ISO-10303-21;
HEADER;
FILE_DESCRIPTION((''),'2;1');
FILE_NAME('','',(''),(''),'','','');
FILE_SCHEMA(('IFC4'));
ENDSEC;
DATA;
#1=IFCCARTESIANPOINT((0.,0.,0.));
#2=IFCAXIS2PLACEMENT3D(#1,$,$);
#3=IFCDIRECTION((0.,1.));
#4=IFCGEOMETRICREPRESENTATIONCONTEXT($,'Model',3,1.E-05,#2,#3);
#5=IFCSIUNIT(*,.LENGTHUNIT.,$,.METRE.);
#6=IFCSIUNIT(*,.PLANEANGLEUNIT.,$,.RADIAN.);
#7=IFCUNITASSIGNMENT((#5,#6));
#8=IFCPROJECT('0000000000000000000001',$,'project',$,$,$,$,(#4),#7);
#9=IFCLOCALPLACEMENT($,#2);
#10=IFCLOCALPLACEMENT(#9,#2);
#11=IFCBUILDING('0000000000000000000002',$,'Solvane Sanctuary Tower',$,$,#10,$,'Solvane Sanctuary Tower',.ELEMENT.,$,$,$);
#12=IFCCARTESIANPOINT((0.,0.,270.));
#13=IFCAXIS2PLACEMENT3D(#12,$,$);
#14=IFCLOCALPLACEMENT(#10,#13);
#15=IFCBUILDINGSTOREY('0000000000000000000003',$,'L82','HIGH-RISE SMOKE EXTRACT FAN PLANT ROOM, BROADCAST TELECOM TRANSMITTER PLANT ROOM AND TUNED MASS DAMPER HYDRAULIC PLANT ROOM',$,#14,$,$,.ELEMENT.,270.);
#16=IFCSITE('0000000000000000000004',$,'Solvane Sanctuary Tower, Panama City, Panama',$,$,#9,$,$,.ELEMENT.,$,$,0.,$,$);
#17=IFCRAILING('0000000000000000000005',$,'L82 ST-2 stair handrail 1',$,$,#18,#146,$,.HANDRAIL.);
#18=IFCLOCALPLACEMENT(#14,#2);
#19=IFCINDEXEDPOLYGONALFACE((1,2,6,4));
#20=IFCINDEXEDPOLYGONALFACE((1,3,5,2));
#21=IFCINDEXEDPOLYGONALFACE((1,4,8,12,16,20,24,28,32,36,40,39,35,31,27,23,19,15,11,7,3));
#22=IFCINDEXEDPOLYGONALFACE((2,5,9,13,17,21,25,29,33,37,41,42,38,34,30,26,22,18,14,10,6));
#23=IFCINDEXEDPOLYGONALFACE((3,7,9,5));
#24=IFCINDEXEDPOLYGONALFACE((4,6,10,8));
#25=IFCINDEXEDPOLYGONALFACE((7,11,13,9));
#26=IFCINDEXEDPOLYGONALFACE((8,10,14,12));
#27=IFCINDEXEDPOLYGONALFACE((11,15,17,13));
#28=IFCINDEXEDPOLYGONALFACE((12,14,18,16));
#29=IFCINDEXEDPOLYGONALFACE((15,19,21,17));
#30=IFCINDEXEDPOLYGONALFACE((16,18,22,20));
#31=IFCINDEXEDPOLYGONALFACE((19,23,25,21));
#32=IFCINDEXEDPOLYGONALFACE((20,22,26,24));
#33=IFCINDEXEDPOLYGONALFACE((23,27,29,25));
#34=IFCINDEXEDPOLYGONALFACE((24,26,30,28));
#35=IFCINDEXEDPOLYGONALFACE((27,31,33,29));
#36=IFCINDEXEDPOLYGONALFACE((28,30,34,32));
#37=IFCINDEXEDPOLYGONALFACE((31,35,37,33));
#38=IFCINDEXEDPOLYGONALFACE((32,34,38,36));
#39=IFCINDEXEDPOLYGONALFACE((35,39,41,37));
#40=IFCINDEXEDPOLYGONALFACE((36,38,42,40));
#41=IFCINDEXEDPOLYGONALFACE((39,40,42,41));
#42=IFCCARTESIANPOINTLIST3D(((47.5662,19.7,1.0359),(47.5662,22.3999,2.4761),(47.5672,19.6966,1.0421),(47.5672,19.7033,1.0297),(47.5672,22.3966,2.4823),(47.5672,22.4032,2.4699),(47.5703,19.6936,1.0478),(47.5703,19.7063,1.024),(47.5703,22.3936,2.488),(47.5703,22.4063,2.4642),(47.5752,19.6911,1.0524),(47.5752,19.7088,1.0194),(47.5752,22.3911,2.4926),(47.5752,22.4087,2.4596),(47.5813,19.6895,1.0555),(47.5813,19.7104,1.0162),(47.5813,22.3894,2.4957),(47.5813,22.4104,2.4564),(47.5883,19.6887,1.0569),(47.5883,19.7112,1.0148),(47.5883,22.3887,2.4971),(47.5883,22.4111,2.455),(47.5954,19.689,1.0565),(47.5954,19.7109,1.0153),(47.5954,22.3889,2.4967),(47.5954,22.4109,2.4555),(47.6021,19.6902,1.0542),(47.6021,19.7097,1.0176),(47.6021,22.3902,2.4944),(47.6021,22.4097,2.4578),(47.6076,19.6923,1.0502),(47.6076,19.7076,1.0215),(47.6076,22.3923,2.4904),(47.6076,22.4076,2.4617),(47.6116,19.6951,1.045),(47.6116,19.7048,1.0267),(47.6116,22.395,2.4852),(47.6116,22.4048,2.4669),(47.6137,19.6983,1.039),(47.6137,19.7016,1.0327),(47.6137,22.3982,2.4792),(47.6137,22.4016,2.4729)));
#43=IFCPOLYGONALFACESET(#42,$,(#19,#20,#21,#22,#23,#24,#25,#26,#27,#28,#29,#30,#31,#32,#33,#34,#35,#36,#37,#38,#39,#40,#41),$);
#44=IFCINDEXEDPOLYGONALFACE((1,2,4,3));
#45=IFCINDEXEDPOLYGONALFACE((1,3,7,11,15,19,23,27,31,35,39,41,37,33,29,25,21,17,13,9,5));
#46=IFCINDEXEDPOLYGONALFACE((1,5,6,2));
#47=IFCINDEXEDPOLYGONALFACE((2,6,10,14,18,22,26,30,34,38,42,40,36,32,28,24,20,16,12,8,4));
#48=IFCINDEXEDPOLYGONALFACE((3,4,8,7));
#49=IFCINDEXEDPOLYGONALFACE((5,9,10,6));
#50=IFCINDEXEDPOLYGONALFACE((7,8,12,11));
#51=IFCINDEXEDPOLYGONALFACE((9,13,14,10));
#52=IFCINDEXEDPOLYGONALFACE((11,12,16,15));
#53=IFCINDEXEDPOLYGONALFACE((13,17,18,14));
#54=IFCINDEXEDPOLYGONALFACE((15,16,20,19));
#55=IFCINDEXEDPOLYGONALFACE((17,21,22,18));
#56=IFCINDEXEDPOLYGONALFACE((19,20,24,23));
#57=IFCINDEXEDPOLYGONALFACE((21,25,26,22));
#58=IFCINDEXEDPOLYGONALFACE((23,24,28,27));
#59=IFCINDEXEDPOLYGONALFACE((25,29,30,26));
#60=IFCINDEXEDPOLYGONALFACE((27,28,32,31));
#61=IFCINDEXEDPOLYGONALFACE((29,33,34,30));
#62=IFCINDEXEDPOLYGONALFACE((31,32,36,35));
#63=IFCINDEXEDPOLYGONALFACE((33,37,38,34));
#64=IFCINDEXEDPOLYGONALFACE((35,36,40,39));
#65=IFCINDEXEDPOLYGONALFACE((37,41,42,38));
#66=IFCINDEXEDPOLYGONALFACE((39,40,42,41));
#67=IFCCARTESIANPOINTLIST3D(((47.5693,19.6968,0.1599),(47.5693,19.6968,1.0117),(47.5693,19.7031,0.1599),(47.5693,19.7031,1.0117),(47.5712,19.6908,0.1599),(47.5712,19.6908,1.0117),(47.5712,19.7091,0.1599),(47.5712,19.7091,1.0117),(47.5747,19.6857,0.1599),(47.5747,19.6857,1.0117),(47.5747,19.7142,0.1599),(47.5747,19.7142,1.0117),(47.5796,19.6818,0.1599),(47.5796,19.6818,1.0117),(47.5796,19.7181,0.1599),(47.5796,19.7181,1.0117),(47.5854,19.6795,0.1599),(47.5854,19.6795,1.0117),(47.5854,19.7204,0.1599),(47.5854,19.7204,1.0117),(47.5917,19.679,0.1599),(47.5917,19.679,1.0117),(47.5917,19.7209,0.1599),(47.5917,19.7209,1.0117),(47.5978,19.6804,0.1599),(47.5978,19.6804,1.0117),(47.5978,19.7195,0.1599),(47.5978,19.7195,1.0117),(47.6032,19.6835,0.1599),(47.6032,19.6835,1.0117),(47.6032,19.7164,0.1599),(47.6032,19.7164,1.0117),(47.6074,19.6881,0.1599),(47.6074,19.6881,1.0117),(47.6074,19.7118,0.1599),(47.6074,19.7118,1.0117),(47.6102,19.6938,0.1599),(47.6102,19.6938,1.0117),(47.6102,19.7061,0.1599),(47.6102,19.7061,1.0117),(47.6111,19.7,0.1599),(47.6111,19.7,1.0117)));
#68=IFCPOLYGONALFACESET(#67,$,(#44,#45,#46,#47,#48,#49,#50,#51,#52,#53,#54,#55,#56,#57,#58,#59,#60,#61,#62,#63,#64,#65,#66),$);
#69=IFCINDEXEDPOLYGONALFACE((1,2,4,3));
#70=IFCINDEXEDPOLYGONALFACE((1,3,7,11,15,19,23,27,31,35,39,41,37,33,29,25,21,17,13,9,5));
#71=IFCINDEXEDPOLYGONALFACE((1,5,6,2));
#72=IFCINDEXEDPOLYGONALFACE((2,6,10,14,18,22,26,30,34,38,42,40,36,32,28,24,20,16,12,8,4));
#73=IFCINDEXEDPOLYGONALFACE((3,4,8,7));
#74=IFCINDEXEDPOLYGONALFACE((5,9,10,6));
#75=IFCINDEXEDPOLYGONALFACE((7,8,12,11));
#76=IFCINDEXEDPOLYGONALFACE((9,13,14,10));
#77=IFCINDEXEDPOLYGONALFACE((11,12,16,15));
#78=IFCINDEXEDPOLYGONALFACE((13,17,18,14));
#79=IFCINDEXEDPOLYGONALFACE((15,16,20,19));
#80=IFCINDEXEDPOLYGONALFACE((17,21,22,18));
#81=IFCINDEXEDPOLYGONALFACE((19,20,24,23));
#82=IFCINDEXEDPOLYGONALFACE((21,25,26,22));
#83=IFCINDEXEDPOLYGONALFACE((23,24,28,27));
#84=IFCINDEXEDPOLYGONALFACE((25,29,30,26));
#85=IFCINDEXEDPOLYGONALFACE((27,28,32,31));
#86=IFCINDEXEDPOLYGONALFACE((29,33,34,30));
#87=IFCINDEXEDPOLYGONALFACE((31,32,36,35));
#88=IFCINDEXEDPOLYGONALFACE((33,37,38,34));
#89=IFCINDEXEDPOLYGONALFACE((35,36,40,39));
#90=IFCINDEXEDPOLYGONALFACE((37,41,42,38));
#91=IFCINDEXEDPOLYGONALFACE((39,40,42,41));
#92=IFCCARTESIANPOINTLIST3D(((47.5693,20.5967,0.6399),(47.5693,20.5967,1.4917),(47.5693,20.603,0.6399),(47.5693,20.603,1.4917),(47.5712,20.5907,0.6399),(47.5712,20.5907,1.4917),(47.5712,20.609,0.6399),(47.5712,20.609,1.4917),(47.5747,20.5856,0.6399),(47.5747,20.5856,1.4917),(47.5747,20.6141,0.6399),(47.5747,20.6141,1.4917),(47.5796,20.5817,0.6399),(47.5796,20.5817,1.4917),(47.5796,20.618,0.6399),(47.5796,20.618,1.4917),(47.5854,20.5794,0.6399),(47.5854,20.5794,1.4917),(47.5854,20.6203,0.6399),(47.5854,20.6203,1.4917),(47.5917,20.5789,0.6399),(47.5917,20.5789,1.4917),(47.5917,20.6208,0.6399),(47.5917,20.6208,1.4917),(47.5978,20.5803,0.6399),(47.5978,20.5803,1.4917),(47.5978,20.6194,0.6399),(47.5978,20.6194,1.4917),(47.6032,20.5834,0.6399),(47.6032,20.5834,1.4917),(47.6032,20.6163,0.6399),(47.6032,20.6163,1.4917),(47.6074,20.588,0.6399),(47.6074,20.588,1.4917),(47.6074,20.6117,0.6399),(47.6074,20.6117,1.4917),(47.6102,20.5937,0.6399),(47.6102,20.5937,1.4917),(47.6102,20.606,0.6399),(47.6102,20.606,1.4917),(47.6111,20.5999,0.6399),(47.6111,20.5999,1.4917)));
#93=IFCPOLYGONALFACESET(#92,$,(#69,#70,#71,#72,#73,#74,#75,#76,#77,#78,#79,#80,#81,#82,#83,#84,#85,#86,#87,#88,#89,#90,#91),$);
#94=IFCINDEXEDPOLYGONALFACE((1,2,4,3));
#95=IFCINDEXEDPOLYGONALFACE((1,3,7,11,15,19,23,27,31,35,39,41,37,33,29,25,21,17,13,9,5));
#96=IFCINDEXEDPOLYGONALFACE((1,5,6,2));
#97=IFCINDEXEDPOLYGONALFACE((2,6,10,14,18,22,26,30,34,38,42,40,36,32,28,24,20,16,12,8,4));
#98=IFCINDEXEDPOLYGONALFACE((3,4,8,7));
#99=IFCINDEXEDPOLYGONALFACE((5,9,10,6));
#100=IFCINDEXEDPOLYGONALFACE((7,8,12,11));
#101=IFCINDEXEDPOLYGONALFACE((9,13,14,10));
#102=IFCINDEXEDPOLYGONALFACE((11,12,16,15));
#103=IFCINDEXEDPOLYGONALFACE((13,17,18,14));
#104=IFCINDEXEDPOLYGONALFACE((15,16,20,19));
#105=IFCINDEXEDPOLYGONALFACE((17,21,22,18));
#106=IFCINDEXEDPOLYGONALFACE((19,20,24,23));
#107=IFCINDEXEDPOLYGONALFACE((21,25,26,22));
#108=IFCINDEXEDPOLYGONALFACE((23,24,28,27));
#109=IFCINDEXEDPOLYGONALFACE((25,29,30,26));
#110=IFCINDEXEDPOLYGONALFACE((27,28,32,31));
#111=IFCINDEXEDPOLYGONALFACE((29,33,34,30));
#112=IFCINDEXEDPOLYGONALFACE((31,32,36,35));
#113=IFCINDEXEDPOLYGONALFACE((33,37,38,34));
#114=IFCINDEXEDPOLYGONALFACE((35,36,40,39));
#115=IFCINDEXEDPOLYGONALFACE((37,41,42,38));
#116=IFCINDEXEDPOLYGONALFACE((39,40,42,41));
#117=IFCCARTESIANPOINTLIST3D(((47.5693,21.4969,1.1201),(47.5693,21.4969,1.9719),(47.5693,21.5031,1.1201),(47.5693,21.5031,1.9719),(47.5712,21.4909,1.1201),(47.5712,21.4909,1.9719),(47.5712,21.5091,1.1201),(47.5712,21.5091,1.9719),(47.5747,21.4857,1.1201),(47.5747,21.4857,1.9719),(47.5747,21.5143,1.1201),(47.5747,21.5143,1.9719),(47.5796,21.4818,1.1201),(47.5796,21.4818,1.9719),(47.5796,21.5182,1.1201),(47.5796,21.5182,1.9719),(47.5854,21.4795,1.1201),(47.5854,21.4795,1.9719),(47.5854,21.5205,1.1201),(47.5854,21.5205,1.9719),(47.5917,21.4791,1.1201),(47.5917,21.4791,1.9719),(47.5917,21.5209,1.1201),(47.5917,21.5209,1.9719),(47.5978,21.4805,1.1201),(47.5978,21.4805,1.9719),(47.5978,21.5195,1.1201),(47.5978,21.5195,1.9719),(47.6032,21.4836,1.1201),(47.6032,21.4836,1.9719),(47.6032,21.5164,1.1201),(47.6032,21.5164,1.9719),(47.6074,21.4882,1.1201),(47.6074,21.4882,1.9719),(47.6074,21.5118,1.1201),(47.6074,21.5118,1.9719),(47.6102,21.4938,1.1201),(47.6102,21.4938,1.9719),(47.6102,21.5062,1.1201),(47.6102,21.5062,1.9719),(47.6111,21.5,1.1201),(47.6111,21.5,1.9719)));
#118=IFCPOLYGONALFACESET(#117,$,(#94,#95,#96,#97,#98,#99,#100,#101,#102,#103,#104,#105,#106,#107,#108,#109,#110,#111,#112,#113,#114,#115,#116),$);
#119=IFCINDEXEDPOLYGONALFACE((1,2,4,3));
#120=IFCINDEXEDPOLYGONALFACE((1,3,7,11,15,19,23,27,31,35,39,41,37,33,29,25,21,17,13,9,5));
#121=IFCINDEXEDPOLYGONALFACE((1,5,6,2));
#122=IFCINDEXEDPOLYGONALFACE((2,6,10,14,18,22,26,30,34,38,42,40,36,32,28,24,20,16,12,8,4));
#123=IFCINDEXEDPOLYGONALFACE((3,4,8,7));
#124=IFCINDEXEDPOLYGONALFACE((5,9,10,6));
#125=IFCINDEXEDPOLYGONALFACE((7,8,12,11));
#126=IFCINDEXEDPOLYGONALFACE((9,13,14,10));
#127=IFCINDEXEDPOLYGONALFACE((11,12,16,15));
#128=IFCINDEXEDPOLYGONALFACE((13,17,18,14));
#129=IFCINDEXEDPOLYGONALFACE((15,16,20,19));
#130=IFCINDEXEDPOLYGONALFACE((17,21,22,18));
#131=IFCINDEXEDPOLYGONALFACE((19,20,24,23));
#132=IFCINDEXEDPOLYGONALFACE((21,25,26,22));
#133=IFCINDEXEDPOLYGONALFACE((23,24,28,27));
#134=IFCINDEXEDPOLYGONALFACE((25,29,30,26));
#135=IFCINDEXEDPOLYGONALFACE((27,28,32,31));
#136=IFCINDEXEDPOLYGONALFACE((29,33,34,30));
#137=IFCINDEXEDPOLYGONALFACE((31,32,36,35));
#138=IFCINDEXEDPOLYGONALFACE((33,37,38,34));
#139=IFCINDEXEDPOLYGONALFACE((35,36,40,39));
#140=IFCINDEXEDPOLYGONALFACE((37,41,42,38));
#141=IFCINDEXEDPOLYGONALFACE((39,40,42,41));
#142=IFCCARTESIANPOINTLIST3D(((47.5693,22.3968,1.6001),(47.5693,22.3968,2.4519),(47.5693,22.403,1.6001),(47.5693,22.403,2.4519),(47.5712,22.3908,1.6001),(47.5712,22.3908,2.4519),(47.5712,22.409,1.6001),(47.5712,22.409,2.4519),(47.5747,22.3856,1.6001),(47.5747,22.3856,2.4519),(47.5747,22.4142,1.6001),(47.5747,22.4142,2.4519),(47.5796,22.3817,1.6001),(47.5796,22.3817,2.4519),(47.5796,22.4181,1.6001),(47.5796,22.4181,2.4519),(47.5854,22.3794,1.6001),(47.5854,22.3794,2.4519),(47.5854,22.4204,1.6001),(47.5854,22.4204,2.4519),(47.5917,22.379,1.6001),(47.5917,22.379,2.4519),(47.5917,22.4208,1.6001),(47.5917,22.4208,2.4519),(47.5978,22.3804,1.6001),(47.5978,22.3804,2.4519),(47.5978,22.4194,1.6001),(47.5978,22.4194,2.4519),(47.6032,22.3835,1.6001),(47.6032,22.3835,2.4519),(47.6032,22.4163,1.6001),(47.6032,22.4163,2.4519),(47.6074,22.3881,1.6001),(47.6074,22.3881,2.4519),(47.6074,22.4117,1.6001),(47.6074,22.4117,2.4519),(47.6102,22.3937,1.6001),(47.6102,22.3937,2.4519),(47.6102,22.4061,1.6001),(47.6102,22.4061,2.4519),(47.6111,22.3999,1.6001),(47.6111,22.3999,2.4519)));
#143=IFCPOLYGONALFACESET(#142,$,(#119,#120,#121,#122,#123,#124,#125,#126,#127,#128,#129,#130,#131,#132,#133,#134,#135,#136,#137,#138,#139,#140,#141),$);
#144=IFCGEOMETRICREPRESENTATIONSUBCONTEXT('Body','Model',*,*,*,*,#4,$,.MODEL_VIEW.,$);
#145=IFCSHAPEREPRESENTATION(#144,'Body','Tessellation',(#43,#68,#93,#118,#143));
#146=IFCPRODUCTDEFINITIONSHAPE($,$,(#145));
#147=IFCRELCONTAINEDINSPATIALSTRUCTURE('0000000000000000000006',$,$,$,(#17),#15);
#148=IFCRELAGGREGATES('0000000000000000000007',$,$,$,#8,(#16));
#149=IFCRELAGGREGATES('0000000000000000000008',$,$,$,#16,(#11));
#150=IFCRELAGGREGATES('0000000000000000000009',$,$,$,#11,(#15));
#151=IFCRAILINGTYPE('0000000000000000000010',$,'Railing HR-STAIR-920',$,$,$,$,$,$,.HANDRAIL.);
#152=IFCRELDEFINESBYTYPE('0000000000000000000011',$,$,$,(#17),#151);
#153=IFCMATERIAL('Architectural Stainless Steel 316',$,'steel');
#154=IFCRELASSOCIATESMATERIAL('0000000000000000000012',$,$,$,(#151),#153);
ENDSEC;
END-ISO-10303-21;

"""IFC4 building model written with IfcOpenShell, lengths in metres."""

from ifc_helpers import new_model, si_unit, direction, frame, origin, origin_2d, place, context, subcontext, project, spatial, circle, extrude, material, type_object, element, save


model = new_model("IFC4")

# Units and contexts
model_context = context("Model", 3, precision=1e-05, world=origin(), true_north=direction((0.0, 1.0)))
body_context = subcontext(model_context, "Body", "Model", "MODEL_VIEW")
ifc_project = project(units=[si_unit("LENGTHUNIT", "METRE"), si_unit("PLANEANGLEUNIT", "RADIAN")], contexts=[model_context])

# Site, building, storey
site_placement = place(None, origin())
site = spatial("IfcSite", under=ifc_project, at=site_placement, Name="Solvane Sanctuary Tower, Panama City, Panama", CompositionType="ELEMENT", RefElevation=0.0)
building_placement = place(site_placement, origin())
building = spatial("IfcBuilding", under=site, at=building_placement, Name="Solvane Sanctuary Tower", LongName="Solvane Sanctuary Tower", CompositionType="ELEMENT")
storey_placement = place(building_placement, frame((0.0, 0.0, 270.0)))
storey = spatial("IfcBuildingStorey", under=building, at=storey_placement, Name="L82", Description="HIGH-RISE SMOKE EXTRACT FAN PLANT ROOM, BROADCAST TELECOM TRANSMITTER PLANT ROOM AND TUNED MASS DAMPER HYDRAULIC PLANT ROOM", CompositionType="ELEMENT", Elevation=270.0)

# Shared definitions
ifc_material_1 = material(Name="Architectural Stainless Steel 316", Category="steel")

# Railing
railing_type_1 = type_object("IfcRailingType", Name="Railing HR-STAIR-920", PredefinedType="HANDRAIL", material=ifc_material_1)
railing_1_placement = place(storey_placement, frame((47.5901, 19.7, 0.1599)))
element("IfcRailing", 1, at=railing_1_placement, inside=storey, type_object=railing_type_1, Name="L82 ST-2 stair handrail 1", PredefinedType="HANDRAIL", context=body_context, shape_type="SweptSolid", body=[
    extrude(circle(Radius=0.0239, at=origin_2d()), frame((0.0, 0.0, 0.876), z_axis=(0.0, 0.882324, 0.470642), x_axis=(-1.0, 0.0, 0.0)), (0.0, 0.0, 1.0), 3.0601),
    extrude(circle(Radius=0.021, at=origin_2d()), origin(), (0.0, 0.0, 1.0), 0.8518),
    extrude(circle(Radius=0.021, at=origin_2d()), frame((0.0, 0.8999, 0.48)), (0.0, 0.0, 1.0), 0.8518),
    extrude(circle(Radius=0.021, at=origin_2d()), frame((0.0, 1.8, 0.9602)), (0.0, 0.0, 1.0), 0.8518),
    extrude(circle(Radius=0.021, at=origin_2d()), frame((0.0, 2.7, 1.4402)), (0.0, 0.0, 1.0), 0.8518),
])

save(model, "model.ifc")
